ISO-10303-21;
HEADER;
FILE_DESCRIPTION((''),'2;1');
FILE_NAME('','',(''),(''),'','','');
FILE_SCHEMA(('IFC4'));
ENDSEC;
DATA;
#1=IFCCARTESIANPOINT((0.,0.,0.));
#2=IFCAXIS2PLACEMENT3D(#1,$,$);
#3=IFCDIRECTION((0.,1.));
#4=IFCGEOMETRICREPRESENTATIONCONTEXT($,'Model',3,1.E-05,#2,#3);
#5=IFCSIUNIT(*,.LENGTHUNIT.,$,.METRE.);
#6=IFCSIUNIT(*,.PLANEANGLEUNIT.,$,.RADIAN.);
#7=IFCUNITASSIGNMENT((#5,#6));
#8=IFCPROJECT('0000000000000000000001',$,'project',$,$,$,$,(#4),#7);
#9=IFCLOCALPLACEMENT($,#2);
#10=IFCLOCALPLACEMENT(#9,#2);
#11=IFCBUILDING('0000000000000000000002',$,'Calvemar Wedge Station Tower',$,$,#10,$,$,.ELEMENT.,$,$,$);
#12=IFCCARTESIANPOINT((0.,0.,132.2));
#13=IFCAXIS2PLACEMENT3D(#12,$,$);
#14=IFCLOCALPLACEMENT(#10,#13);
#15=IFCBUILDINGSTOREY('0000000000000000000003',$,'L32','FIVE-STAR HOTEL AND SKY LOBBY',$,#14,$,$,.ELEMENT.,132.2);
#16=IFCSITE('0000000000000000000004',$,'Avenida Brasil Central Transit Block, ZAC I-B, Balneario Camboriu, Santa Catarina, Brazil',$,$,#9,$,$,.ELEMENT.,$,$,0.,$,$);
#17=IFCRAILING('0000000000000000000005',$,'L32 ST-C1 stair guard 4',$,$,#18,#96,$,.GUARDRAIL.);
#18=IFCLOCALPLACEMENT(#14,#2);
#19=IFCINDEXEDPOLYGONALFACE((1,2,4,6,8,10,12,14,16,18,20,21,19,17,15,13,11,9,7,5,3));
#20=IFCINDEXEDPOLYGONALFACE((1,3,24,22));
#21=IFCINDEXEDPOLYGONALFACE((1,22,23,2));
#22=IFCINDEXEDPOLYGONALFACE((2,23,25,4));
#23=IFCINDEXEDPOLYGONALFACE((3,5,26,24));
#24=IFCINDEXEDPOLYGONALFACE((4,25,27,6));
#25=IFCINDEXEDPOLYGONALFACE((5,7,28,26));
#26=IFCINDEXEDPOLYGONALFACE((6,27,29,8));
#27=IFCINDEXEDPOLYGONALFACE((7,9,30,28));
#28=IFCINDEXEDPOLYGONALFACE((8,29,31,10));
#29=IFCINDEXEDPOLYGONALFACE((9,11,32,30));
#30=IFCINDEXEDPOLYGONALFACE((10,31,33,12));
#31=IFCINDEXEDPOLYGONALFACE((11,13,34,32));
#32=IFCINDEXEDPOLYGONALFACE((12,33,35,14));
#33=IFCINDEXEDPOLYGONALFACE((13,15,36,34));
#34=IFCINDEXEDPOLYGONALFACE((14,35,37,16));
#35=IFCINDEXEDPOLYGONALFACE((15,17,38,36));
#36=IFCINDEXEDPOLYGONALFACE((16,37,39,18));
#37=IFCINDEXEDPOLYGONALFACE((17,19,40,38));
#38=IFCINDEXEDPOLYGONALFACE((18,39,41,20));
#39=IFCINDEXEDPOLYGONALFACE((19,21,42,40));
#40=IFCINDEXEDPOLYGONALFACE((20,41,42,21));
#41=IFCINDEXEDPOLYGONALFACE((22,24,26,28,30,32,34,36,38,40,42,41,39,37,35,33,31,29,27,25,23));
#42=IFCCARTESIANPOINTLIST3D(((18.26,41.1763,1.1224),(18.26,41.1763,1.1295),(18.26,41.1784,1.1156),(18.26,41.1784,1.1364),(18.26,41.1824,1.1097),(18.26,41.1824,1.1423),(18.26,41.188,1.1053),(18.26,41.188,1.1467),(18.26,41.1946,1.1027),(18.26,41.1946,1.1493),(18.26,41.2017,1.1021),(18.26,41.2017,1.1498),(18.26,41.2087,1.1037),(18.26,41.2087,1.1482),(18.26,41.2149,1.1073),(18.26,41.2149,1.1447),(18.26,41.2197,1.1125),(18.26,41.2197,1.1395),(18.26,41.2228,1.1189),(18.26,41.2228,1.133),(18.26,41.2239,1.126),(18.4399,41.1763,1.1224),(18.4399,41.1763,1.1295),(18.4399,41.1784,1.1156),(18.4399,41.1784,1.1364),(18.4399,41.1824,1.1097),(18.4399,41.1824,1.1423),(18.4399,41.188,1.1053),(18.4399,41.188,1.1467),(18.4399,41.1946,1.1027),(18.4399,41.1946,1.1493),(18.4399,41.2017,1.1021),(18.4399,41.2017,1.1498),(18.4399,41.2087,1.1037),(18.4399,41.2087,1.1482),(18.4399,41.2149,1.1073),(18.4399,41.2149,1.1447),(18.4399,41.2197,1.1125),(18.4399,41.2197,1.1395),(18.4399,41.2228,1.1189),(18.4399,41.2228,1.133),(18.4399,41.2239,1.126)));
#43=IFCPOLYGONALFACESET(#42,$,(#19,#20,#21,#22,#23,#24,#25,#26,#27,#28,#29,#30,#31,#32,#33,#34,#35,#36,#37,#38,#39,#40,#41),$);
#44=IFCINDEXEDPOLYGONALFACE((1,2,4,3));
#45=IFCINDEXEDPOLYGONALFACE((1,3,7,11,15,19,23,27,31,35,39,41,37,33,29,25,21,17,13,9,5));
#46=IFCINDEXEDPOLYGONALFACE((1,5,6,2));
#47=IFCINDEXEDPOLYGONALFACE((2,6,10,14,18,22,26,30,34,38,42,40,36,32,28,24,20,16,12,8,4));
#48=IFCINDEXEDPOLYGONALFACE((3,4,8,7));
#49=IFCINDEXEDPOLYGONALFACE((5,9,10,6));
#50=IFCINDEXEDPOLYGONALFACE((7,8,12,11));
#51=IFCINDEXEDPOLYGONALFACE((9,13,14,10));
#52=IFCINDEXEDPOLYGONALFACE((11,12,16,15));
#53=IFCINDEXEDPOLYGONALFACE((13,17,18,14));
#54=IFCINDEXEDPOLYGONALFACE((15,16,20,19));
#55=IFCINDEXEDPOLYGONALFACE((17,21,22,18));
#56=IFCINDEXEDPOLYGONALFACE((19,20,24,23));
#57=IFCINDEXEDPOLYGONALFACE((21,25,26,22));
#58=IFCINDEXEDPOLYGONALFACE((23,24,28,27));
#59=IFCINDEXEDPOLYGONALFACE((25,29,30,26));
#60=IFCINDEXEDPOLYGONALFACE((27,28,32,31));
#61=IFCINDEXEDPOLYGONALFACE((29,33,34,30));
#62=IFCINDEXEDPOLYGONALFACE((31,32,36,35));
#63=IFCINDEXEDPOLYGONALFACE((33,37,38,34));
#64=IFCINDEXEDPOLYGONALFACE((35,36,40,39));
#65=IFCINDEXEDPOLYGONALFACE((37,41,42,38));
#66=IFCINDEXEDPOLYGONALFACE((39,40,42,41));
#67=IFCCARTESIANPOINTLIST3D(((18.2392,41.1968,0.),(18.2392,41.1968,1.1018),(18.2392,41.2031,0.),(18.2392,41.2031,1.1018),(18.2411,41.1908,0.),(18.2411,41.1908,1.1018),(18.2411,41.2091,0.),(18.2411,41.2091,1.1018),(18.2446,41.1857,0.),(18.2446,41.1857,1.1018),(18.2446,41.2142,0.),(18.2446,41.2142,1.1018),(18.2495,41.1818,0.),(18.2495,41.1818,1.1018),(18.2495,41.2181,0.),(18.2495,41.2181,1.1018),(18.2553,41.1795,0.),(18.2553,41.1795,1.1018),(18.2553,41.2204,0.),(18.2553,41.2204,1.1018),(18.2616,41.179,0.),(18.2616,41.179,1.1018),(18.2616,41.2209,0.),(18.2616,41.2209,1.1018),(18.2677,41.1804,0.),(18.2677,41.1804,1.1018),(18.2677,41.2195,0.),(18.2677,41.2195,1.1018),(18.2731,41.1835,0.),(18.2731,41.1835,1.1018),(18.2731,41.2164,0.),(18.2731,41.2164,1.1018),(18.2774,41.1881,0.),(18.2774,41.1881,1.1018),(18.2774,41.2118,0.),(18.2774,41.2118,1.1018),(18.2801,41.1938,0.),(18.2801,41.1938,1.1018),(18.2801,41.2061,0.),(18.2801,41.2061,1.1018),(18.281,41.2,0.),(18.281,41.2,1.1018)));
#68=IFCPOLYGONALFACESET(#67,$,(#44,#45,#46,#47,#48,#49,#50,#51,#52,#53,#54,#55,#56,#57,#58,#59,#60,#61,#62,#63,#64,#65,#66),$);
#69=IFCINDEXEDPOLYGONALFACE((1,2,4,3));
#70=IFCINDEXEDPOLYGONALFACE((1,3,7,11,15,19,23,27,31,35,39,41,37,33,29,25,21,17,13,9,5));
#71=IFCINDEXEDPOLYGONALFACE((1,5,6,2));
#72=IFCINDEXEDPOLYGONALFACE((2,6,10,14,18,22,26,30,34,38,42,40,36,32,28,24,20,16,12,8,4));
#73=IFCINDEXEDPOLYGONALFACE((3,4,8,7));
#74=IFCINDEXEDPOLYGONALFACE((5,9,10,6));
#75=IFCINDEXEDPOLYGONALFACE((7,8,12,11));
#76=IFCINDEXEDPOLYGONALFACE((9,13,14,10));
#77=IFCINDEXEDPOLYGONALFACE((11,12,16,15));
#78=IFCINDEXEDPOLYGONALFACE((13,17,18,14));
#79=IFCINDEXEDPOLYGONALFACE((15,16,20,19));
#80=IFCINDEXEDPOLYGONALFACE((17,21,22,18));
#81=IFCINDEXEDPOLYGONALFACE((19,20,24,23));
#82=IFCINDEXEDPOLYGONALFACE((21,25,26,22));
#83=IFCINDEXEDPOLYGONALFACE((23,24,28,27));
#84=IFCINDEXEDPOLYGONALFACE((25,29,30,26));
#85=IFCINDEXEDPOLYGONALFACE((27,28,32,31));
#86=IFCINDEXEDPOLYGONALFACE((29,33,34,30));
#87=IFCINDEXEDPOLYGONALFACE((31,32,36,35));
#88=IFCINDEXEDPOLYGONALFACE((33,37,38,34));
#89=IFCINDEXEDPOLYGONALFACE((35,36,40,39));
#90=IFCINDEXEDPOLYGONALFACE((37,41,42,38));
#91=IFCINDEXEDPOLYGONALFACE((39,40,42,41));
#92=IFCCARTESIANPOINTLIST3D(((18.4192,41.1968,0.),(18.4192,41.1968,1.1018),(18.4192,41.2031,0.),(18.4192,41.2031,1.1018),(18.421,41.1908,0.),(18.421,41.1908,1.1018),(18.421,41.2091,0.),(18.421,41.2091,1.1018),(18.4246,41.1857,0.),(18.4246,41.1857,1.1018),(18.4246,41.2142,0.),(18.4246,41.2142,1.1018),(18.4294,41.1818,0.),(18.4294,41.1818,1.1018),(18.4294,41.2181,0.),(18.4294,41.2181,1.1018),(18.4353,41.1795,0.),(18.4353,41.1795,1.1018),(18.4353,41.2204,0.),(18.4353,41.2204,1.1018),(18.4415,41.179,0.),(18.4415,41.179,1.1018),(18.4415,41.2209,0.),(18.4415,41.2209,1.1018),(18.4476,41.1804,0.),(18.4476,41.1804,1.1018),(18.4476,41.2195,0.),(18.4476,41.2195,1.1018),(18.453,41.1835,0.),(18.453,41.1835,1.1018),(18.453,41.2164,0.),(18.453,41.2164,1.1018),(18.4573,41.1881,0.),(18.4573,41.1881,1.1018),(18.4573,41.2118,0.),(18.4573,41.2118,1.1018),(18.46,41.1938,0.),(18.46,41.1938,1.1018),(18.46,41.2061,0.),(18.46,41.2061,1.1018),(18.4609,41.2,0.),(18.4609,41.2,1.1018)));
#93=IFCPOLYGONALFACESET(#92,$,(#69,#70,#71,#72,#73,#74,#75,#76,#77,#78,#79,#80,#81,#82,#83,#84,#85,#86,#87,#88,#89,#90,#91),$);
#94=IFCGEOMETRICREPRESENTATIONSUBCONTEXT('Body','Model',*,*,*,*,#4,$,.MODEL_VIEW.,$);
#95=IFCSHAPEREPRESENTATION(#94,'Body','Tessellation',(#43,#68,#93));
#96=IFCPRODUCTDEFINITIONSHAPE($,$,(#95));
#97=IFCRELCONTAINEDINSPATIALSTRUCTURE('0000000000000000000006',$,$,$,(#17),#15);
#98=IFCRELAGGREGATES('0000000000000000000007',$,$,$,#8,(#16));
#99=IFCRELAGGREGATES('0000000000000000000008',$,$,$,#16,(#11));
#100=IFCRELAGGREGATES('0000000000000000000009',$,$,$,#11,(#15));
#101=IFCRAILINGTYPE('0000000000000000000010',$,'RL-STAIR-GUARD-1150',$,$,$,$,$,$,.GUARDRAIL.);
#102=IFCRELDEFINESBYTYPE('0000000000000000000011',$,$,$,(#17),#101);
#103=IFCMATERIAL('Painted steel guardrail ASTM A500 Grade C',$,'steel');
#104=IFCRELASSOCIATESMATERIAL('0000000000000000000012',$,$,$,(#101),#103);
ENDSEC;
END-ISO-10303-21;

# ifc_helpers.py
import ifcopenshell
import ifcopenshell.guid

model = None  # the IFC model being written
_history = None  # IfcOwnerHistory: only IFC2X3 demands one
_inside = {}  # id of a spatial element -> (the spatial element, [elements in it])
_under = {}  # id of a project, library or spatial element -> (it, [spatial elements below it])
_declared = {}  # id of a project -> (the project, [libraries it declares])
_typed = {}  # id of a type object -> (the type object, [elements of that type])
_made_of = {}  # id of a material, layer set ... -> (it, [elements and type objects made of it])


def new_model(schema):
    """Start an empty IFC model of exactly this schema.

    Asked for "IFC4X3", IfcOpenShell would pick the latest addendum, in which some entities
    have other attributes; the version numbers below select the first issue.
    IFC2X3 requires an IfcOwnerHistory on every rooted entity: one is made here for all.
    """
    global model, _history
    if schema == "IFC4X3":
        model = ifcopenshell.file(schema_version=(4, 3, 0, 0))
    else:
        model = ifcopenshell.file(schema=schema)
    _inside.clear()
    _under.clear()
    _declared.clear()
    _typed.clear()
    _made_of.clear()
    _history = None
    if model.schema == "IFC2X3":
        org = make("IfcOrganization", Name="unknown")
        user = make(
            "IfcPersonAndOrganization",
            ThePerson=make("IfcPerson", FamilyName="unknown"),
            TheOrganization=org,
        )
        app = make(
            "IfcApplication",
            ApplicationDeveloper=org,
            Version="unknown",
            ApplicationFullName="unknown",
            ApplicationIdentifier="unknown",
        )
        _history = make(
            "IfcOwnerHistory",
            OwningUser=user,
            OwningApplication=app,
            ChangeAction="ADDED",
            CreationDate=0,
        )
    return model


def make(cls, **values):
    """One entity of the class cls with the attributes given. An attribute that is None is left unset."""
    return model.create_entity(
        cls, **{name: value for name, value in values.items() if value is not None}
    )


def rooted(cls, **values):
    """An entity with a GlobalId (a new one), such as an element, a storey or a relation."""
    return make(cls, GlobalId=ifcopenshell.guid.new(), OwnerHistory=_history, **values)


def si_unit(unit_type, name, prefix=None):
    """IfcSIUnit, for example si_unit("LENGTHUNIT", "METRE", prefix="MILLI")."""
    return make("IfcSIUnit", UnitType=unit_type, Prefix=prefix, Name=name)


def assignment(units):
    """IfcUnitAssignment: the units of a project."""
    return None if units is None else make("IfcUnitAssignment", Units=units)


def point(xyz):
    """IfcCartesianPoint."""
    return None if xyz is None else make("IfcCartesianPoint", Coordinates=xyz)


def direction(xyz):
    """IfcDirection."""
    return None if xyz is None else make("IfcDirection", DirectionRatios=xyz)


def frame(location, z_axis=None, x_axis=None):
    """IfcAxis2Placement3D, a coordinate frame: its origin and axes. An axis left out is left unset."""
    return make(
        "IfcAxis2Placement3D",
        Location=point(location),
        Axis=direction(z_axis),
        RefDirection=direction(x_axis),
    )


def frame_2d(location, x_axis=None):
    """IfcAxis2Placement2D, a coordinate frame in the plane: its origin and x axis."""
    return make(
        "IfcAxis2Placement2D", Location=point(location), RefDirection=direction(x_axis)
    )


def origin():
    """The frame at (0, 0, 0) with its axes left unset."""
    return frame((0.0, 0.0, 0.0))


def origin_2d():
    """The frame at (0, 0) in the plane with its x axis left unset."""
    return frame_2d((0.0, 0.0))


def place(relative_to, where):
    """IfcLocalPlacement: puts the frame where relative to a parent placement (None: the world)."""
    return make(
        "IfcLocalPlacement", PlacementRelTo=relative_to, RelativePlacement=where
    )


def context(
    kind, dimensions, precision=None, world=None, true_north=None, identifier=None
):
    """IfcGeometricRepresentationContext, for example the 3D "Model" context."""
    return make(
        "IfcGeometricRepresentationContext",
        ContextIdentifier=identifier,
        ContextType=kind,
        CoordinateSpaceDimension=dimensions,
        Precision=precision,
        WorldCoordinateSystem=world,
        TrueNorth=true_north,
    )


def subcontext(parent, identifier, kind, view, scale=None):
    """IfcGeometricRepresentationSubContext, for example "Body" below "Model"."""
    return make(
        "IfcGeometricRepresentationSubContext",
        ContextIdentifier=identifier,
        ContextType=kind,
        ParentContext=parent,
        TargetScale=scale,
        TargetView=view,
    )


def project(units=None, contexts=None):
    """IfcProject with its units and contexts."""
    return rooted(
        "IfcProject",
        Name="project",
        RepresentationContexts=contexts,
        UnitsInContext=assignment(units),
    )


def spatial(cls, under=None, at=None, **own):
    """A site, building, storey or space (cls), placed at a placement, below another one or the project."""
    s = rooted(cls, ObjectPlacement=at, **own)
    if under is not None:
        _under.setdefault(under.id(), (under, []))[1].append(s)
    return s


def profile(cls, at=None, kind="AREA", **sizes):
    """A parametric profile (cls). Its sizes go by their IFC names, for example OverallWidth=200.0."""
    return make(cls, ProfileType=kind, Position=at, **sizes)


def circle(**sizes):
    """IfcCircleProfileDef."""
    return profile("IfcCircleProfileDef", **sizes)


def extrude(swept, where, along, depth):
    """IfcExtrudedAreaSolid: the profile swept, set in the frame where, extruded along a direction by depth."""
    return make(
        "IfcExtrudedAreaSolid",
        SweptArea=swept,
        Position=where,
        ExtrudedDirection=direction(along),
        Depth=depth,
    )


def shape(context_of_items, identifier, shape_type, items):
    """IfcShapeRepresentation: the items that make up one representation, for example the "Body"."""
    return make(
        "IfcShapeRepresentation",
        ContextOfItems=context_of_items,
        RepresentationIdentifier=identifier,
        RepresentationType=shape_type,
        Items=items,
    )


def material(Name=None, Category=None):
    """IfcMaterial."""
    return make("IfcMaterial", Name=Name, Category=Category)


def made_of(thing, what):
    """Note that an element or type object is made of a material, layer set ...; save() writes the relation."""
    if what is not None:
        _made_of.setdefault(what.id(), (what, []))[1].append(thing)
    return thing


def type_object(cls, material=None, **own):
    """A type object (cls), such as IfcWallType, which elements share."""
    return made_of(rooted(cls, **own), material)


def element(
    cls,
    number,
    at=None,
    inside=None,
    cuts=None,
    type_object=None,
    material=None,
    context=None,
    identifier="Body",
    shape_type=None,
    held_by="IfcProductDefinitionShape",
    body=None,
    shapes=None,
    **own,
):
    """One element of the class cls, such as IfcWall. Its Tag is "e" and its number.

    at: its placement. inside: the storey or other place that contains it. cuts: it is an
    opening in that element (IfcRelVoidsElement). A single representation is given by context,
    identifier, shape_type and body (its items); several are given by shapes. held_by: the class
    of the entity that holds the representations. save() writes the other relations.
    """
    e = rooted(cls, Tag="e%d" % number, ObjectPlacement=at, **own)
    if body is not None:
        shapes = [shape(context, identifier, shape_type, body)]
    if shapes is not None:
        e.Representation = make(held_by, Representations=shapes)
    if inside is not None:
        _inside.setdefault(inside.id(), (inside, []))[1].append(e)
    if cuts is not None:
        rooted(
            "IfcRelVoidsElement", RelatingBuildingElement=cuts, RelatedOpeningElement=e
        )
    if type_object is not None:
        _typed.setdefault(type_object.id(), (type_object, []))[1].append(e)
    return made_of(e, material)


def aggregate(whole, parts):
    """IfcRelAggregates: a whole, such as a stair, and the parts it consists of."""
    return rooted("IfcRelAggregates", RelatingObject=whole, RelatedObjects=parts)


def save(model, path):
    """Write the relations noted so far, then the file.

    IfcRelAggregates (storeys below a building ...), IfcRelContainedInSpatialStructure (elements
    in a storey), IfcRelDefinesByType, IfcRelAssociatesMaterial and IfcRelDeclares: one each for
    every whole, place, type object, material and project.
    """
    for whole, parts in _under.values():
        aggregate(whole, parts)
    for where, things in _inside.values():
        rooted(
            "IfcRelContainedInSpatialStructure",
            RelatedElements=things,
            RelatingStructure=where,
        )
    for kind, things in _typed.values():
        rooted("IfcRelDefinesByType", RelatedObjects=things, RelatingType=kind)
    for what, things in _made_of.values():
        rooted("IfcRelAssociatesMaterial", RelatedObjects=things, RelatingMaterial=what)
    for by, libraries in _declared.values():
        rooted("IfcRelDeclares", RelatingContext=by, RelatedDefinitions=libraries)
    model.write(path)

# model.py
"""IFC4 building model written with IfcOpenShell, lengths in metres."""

from ifc_helpers import new_model, si_unit, direction, frame, origin, origin_2d, place, context, subcontext, project, spatial, circle, extrude, material, type_object, element, save


model = new_model("IFC4")

# Units and contexts
model_context = context("Model", 3, precision=1e-05, world=origin(), true_north=direction((0.0, 1.0)))
body_context = subcontext(model_context, "Body", "Model", "MODEL_VIEW")
ifc_project = project(units=[si_unit("LENGTHUNIT", "METRE"), si_unit("PLANEANGLEUNIT", "RADIAN")], contexts=[model_context])

# Site, building, storey
site_placement = place(None, origin())
site = spatial("IfcSite", under=ifc_project, at=site_placement, Name="Avenida Brasil Central Transit Block, ZAC I-B, Balneario Camboriu, Santa Catarina, Brazil", CompositionType="ELEMENT", RefElevation=0.0)
building_placement = place(site_placement, origin())
building = spatial("IfcBuilding", under=site, at=building_placement, Name="Calvemar Wedge Station Tower", CompositionType="ELEMENT")
storey_placement = place(building_placement, frame((0.0, 0.0, 132.2)))
storey = spatial("IfcBuildingStorey", under=building, at=storey_placement, Name="L32", Description="FIVE-STAR HOTEL AND SKY LOBBY", CompositionType="ELEMENT", Elevation=132.2)

# Railing
ifc_material_1 = material(Name="Painted steel guardrail ASTM A500 Grade C", Category="steel")
railing_type_1 = type_object("IfcRailingType", Name="RL-STAIR-GUARD-1150", PredefinedType="GUARDRAIL", material=ifc_material_1)
railing_1_placement = place(storey_placement, frame((18.26, 41.2, 0.0)))
element("IfcRailing", 1, at=railing_1_placement, inside=storey, type_object=railing_type_1, Name="L32 ST-C1 stair guard 4", PredefinedType="GUARDRAIL", context=body_context, shape_type="SweptSolid", body=[
    extrude(circle(Radius=0.0239, at=origin_2d()), frame((0.0, 0.0, 1.126), z_axis=(1.0, 0.0, 0.0), x_axis=(0.0, 1.0, 0.0)), (0.0, 0.0, 1.0), 0.1799),
    extrude(circle(Radius=0.021, at=origin_2d()), origin(), (0.0, 0.0, 1.0), 1.1018),
    extrude(circle(Radius=0.021, at=origin_2d()), frame((0.1799, 0.0, 0.0)), (0.0, 0.0, 1.0), 1.1018),
])

save(model, "model.ifc")
